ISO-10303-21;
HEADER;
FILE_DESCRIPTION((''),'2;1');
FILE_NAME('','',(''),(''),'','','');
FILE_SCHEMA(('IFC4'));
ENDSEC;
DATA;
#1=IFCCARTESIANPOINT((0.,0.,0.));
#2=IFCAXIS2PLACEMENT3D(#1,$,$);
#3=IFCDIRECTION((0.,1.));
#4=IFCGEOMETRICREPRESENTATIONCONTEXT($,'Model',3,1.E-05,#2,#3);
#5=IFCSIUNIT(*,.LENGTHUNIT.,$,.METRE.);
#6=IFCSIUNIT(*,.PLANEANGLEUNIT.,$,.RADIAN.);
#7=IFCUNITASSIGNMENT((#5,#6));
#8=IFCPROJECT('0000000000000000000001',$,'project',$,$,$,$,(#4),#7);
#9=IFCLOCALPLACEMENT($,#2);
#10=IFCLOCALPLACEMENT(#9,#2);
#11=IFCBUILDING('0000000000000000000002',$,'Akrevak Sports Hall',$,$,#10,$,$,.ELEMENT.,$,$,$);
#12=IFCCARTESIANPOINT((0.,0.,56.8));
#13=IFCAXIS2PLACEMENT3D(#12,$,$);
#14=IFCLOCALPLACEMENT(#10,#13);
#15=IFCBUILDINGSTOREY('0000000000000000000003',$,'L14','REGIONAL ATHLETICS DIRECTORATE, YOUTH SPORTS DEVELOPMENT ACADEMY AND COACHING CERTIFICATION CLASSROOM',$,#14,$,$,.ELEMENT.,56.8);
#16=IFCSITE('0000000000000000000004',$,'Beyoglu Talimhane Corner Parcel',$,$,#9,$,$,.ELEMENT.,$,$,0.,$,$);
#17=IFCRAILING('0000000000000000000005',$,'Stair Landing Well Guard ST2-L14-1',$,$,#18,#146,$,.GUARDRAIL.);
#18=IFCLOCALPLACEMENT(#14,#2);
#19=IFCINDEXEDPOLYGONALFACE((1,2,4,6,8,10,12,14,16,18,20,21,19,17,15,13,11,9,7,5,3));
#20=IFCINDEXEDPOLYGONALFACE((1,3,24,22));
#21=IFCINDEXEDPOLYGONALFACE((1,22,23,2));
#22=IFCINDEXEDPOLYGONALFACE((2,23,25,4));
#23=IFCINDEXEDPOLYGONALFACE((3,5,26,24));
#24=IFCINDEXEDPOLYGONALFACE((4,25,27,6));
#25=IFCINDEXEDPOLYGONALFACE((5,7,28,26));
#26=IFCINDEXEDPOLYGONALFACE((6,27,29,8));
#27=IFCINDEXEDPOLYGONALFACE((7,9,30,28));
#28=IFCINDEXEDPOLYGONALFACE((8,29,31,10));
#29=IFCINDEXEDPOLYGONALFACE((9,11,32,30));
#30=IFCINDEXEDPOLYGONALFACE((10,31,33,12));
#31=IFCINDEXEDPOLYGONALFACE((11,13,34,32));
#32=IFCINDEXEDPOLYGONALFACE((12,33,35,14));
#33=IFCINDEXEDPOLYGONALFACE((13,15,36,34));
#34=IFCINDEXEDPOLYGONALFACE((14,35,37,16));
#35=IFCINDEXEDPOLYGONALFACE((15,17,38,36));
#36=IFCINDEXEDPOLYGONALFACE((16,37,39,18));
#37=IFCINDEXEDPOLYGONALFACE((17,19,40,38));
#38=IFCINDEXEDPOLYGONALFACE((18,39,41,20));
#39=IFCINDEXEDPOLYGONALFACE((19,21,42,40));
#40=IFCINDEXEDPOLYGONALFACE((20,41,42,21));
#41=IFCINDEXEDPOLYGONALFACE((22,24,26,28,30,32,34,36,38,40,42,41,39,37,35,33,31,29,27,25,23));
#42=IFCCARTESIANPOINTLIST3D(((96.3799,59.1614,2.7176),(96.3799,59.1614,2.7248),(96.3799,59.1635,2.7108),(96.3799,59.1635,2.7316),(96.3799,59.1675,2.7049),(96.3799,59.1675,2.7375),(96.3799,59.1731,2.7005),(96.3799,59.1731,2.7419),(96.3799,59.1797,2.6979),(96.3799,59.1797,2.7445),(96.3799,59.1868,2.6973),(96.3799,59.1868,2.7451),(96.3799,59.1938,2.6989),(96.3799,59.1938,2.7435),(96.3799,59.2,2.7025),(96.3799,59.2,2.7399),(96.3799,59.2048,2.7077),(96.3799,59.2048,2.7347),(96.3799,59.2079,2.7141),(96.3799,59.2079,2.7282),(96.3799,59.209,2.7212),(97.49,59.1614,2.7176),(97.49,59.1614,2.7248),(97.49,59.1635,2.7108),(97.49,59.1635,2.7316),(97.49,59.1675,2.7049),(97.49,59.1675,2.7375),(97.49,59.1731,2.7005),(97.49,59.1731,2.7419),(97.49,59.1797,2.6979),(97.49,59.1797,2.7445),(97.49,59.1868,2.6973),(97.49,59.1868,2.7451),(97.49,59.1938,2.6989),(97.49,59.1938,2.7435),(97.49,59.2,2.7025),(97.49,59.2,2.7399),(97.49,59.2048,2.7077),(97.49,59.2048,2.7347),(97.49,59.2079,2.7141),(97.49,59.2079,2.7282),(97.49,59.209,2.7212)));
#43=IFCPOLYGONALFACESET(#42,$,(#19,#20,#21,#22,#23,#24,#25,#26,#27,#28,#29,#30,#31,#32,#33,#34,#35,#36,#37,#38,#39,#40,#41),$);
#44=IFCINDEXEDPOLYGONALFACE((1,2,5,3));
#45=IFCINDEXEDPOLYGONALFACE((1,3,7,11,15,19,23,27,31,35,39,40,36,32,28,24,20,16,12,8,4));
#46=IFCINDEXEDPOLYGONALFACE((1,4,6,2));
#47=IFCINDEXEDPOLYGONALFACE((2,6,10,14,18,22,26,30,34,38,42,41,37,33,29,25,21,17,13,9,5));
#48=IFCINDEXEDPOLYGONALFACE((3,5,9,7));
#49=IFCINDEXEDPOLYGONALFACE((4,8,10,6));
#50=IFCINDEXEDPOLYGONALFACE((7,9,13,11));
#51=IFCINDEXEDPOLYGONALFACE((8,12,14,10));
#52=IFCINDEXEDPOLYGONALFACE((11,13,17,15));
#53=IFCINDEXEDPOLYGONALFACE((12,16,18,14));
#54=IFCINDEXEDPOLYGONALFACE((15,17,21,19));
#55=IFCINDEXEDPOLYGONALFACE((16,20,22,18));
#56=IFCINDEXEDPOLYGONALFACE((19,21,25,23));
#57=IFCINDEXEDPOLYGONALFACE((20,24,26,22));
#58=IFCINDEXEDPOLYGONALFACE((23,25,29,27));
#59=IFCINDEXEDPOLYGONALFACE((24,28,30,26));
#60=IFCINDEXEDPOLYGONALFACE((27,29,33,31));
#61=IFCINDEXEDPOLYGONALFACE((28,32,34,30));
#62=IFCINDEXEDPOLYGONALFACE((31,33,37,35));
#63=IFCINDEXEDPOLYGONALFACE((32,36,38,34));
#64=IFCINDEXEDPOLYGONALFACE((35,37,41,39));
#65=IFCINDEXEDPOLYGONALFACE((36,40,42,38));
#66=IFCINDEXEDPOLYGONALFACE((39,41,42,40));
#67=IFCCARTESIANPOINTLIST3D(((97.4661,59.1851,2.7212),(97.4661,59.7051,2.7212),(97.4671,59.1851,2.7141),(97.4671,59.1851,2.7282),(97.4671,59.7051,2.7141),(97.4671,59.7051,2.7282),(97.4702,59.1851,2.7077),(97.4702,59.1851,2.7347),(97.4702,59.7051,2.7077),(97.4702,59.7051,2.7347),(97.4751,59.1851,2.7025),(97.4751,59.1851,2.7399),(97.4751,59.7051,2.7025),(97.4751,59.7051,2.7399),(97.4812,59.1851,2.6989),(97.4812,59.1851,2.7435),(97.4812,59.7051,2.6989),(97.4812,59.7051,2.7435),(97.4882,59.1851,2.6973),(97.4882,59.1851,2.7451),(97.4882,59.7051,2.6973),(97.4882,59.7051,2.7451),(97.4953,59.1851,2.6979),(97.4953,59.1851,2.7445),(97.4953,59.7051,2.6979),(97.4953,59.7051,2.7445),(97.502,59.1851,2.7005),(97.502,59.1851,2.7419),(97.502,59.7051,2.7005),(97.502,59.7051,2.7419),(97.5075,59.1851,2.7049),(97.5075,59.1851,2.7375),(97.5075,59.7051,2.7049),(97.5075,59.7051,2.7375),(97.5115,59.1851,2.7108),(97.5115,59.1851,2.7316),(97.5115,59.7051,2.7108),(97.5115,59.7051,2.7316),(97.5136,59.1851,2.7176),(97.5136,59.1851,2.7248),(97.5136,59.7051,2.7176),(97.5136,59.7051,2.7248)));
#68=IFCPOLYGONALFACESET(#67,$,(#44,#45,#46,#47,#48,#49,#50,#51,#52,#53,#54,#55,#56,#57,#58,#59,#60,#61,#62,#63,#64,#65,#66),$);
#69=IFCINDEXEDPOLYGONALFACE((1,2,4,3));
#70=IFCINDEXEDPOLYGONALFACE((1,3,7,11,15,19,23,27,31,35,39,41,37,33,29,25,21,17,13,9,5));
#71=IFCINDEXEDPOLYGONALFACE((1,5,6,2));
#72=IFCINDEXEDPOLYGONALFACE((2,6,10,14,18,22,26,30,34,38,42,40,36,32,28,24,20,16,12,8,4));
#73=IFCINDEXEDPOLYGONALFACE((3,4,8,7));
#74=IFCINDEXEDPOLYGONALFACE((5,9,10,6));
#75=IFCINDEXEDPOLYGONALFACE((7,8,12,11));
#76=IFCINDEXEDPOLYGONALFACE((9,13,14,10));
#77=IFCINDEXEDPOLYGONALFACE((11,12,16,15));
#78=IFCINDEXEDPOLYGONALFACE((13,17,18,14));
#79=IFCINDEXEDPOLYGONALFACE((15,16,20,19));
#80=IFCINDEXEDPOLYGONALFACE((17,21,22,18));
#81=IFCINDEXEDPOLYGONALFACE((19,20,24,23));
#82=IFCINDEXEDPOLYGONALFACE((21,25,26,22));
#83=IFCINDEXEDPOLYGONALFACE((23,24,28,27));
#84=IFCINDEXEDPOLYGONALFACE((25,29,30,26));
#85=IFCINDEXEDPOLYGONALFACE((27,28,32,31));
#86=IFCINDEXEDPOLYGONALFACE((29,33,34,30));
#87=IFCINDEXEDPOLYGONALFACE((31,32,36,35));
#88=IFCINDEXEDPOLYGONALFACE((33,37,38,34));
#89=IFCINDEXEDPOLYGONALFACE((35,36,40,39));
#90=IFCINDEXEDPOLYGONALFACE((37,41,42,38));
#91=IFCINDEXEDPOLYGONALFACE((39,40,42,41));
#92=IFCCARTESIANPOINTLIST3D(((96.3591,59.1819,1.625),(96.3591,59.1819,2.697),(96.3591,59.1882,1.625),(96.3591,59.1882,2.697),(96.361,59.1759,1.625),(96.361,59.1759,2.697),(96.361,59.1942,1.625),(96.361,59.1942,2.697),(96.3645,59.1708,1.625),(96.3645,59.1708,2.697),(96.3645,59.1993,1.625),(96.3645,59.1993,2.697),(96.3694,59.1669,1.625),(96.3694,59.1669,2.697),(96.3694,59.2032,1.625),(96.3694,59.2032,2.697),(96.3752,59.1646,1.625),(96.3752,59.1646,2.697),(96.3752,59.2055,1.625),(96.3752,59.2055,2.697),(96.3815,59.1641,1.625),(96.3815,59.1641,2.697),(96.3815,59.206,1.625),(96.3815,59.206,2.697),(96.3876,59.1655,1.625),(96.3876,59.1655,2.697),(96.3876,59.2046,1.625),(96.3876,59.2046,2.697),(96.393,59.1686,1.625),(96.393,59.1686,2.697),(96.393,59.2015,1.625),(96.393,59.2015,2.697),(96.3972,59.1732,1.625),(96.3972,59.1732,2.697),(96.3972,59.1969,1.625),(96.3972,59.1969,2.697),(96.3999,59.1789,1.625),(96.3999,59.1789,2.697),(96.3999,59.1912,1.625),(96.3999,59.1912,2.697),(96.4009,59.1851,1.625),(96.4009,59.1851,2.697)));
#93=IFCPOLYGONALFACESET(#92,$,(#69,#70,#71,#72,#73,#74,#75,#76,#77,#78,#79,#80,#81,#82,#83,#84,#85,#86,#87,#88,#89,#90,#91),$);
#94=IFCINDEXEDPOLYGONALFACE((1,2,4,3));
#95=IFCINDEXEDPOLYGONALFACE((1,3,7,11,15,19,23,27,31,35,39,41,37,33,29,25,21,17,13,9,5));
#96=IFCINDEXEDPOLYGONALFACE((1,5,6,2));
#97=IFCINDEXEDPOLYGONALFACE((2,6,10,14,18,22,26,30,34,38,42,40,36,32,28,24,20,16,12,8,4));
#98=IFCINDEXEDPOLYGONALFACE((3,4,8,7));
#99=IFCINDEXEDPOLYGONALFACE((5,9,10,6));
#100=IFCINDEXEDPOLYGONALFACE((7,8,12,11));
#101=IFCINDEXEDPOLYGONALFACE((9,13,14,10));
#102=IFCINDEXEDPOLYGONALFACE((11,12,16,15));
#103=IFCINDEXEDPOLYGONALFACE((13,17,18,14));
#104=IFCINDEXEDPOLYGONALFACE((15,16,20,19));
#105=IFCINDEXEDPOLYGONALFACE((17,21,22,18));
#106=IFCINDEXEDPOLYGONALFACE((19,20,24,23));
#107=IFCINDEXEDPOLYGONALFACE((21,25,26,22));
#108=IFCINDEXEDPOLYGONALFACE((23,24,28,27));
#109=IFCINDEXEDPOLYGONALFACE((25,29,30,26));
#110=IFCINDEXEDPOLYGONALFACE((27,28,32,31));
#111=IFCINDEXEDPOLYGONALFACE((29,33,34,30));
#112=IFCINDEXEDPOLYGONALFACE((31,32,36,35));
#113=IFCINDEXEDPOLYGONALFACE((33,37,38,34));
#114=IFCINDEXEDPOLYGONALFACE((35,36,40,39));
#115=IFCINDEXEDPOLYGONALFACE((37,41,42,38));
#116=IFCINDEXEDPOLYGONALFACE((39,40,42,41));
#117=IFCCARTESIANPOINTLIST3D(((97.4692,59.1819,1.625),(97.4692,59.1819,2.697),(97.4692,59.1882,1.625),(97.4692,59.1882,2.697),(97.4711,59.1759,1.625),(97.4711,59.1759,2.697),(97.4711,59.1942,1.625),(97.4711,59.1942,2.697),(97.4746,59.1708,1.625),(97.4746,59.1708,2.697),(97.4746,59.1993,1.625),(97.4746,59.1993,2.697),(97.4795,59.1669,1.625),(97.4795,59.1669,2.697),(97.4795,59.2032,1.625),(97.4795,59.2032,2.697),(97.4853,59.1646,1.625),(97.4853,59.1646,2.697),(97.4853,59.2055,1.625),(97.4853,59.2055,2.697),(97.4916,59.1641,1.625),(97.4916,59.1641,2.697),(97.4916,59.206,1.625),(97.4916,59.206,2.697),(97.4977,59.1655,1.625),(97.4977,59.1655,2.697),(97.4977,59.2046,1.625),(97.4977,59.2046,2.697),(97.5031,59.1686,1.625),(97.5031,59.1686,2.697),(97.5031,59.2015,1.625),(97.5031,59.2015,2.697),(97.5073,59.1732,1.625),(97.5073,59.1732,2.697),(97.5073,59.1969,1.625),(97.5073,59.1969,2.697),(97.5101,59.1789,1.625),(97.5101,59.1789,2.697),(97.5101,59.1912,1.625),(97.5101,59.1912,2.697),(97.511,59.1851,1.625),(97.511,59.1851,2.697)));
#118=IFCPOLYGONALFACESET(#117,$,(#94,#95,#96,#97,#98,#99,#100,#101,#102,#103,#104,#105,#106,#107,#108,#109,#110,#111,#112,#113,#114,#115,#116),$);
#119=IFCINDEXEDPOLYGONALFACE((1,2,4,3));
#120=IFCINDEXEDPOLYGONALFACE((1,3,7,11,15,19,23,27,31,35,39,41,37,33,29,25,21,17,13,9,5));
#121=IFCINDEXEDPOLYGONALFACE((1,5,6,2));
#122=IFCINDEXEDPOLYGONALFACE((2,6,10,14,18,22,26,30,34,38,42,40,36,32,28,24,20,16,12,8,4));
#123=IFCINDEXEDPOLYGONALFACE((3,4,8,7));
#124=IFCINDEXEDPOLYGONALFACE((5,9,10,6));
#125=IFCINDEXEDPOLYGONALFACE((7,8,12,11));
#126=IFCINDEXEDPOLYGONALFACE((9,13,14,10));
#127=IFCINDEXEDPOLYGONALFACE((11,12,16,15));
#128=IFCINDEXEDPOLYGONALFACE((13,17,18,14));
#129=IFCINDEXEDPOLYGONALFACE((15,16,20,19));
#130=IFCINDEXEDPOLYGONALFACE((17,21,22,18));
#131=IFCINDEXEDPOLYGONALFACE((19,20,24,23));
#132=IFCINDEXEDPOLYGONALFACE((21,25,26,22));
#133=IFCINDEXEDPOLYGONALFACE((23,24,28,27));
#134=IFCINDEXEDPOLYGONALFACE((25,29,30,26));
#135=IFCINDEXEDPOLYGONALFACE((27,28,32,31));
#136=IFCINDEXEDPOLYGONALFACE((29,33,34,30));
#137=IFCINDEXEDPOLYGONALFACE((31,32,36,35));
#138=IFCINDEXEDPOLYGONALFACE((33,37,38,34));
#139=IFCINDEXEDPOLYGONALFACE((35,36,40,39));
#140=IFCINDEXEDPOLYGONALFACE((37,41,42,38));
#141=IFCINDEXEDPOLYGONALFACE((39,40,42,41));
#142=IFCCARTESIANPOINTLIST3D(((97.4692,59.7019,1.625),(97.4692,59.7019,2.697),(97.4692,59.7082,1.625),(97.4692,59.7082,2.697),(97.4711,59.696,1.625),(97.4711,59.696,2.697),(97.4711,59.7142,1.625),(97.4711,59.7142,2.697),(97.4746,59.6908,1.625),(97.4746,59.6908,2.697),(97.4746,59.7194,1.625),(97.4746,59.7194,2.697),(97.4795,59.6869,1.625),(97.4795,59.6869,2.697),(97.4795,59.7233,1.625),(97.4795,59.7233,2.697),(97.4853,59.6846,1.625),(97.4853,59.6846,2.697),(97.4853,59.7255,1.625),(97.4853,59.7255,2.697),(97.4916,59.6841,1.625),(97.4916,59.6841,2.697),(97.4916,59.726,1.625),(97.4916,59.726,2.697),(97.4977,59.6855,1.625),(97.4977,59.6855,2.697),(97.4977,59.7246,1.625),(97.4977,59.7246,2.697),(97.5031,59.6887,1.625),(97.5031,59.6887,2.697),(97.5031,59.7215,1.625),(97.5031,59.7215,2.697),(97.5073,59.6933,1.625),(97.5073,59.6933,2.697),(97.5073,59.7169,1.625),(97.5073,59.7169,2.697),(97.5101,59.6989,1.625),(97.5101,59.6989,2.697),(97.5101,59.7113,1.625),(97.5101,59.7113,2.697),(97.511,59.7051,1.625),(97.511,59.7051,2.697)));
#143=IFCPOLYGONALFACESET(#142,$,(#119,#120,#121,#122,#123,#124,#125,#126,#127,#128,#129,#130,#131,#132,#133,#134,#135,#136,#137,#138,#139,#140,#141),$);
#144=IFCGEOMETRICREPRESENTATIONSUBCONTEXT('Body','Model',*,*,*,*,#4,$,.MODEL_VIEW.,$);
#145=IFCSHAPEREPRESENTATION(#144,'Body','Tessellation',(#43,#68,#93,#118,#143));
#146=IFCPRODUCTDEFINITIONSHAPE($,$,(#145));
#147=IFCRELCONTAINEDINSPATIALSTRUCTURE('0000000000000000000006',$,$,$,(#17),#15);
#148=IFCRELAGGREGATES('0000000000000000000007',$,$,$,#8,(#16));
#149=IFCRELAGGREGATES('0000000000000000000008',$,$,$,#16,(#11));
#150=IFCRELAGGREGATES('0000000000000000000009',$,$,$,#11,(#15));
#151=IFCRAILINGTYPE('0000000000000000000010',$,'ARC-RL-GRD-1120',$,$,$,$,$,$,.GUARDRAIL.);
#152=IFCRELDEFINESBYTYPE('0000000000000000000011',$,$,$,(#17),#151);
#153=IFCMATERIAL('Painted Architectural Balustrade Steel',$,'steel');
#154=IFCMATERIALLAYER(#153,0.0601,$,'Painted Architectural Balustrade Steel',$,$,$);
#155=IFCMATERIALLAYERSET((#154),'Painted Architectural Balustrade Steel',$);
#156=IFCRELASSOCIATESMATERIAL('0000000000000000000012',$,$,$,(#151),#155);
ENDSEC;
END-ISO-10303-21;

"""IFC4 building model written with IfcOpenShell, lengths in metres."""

from ifc_helpers import new_model, si_unit, direction, frame, origin, origin_2d, place, context, subcontext, project, spatial, circle, extrude, material, layer, layer_set, type_object, element, save


model = new_model("IFC4")

# Units and contexts
model_context = context("Model", 3, precision=1e-05, world=origin(), true_north=direction((0.0, 1.0)))
body_context = subcontext(model_context, "Body", "Model", "MODEL_VIEW")
ifc_project = project(units=[si_unit("LENGTHUNIT", "METRE"), si_unit("PLANEANGLEUNIT", "RADIAN")], contexts=[model_context])

# Site, building, storey
site_placement = place(None, origin())
site = spatial("IfcSite", under=ifc_project, at=site_placement, Name="Beyoglu Talimhane Corner Parcel", CompositionType="ELEMENT", RefElevation=0.0)
building_placement = place(site_placement, origin())
building = spatial("IfcBuilding", under=site, at=building_placement, Name="Akrevak Sports Hall", CompositionType="ELEMENT")
storey_placement = place(building_placement, frame((0.0, 0.0, 56.8)))
storey = spatial("IfcBuildingStorey", under=building, at=storey_placement, Name="L14", Description="REGIONAL ATHLETICS DIRECTORATE, YOUTH SPORTS DEVELOPMENT ACADEMY AND COACHING CERTIFICATION CLASSROOM", CompositionType="ELEMENT", Elevation=56.8)

# Railing
ifc_material_1 = material(Name="Painted Architectural Balustrade Steel", Category="steel")
ifc_layer_1 = layer(ifc_material_1, 0.0601, Name="Painted Architectural Balustrade Steel")
ifc_layer_set_1 = layer_set([ifc_layer_1], Name="Painted Architectural Balustrade Steel")
railing_type_1 = type_object("IfcRailingType", Name="ARC-RL-GRD-1120", PredefinedType="GUARDRAIL", material=ifc_layer_set_1)
railing_1_placement = place(storey_placement, frame((96.3799, 59.1851, 1.625)))
element("IfcRailing", 1, at=railing_1_placement, inside=storey, type_object=railing_type_1, Name="Stair Landing Well Guard ST2-L14-1", PredefinedType="GUARDRAIL", context=body_context, shape_type="SweptSolid", body=[
    extrude(circle(Radius=0.0239, at=origin_2d()), frame((0.0, 0.0, 1.0962), z_axis=(1.0, 0.0, 0.0), x_axis=(0.0, 1.0, 0.0)), (0.0, 0.0, 1.0), 1.1101),
    extrude(circle(Radius=0.0239, at=origin_2d()), frame((1.1101, 0.0, 1.0962), z_axis=(0.0, 1.0, 0.0), x_axis=(-1.0, 0.0, 0.0)), (0.0, 0.0, 1.0), 0.52),
    extrude(circle(Radius=0.021, at=origin_2d()), origin(), (0.0, 0.0, 1.0), 1.072),
    extrude(circle(Radius=0.021, at=origin_2d()), frame((1.1101, 0.0, 0.0)), (0.0, 0.0, 1.0), 1.072),
    extrude(circle(Radius=0.021, at=origin_2d()), frame((1.1101, 0.52, 0.0)), (0.0, 0.0, 1.0), 1.072),
])

save(model, "model.ifc")
